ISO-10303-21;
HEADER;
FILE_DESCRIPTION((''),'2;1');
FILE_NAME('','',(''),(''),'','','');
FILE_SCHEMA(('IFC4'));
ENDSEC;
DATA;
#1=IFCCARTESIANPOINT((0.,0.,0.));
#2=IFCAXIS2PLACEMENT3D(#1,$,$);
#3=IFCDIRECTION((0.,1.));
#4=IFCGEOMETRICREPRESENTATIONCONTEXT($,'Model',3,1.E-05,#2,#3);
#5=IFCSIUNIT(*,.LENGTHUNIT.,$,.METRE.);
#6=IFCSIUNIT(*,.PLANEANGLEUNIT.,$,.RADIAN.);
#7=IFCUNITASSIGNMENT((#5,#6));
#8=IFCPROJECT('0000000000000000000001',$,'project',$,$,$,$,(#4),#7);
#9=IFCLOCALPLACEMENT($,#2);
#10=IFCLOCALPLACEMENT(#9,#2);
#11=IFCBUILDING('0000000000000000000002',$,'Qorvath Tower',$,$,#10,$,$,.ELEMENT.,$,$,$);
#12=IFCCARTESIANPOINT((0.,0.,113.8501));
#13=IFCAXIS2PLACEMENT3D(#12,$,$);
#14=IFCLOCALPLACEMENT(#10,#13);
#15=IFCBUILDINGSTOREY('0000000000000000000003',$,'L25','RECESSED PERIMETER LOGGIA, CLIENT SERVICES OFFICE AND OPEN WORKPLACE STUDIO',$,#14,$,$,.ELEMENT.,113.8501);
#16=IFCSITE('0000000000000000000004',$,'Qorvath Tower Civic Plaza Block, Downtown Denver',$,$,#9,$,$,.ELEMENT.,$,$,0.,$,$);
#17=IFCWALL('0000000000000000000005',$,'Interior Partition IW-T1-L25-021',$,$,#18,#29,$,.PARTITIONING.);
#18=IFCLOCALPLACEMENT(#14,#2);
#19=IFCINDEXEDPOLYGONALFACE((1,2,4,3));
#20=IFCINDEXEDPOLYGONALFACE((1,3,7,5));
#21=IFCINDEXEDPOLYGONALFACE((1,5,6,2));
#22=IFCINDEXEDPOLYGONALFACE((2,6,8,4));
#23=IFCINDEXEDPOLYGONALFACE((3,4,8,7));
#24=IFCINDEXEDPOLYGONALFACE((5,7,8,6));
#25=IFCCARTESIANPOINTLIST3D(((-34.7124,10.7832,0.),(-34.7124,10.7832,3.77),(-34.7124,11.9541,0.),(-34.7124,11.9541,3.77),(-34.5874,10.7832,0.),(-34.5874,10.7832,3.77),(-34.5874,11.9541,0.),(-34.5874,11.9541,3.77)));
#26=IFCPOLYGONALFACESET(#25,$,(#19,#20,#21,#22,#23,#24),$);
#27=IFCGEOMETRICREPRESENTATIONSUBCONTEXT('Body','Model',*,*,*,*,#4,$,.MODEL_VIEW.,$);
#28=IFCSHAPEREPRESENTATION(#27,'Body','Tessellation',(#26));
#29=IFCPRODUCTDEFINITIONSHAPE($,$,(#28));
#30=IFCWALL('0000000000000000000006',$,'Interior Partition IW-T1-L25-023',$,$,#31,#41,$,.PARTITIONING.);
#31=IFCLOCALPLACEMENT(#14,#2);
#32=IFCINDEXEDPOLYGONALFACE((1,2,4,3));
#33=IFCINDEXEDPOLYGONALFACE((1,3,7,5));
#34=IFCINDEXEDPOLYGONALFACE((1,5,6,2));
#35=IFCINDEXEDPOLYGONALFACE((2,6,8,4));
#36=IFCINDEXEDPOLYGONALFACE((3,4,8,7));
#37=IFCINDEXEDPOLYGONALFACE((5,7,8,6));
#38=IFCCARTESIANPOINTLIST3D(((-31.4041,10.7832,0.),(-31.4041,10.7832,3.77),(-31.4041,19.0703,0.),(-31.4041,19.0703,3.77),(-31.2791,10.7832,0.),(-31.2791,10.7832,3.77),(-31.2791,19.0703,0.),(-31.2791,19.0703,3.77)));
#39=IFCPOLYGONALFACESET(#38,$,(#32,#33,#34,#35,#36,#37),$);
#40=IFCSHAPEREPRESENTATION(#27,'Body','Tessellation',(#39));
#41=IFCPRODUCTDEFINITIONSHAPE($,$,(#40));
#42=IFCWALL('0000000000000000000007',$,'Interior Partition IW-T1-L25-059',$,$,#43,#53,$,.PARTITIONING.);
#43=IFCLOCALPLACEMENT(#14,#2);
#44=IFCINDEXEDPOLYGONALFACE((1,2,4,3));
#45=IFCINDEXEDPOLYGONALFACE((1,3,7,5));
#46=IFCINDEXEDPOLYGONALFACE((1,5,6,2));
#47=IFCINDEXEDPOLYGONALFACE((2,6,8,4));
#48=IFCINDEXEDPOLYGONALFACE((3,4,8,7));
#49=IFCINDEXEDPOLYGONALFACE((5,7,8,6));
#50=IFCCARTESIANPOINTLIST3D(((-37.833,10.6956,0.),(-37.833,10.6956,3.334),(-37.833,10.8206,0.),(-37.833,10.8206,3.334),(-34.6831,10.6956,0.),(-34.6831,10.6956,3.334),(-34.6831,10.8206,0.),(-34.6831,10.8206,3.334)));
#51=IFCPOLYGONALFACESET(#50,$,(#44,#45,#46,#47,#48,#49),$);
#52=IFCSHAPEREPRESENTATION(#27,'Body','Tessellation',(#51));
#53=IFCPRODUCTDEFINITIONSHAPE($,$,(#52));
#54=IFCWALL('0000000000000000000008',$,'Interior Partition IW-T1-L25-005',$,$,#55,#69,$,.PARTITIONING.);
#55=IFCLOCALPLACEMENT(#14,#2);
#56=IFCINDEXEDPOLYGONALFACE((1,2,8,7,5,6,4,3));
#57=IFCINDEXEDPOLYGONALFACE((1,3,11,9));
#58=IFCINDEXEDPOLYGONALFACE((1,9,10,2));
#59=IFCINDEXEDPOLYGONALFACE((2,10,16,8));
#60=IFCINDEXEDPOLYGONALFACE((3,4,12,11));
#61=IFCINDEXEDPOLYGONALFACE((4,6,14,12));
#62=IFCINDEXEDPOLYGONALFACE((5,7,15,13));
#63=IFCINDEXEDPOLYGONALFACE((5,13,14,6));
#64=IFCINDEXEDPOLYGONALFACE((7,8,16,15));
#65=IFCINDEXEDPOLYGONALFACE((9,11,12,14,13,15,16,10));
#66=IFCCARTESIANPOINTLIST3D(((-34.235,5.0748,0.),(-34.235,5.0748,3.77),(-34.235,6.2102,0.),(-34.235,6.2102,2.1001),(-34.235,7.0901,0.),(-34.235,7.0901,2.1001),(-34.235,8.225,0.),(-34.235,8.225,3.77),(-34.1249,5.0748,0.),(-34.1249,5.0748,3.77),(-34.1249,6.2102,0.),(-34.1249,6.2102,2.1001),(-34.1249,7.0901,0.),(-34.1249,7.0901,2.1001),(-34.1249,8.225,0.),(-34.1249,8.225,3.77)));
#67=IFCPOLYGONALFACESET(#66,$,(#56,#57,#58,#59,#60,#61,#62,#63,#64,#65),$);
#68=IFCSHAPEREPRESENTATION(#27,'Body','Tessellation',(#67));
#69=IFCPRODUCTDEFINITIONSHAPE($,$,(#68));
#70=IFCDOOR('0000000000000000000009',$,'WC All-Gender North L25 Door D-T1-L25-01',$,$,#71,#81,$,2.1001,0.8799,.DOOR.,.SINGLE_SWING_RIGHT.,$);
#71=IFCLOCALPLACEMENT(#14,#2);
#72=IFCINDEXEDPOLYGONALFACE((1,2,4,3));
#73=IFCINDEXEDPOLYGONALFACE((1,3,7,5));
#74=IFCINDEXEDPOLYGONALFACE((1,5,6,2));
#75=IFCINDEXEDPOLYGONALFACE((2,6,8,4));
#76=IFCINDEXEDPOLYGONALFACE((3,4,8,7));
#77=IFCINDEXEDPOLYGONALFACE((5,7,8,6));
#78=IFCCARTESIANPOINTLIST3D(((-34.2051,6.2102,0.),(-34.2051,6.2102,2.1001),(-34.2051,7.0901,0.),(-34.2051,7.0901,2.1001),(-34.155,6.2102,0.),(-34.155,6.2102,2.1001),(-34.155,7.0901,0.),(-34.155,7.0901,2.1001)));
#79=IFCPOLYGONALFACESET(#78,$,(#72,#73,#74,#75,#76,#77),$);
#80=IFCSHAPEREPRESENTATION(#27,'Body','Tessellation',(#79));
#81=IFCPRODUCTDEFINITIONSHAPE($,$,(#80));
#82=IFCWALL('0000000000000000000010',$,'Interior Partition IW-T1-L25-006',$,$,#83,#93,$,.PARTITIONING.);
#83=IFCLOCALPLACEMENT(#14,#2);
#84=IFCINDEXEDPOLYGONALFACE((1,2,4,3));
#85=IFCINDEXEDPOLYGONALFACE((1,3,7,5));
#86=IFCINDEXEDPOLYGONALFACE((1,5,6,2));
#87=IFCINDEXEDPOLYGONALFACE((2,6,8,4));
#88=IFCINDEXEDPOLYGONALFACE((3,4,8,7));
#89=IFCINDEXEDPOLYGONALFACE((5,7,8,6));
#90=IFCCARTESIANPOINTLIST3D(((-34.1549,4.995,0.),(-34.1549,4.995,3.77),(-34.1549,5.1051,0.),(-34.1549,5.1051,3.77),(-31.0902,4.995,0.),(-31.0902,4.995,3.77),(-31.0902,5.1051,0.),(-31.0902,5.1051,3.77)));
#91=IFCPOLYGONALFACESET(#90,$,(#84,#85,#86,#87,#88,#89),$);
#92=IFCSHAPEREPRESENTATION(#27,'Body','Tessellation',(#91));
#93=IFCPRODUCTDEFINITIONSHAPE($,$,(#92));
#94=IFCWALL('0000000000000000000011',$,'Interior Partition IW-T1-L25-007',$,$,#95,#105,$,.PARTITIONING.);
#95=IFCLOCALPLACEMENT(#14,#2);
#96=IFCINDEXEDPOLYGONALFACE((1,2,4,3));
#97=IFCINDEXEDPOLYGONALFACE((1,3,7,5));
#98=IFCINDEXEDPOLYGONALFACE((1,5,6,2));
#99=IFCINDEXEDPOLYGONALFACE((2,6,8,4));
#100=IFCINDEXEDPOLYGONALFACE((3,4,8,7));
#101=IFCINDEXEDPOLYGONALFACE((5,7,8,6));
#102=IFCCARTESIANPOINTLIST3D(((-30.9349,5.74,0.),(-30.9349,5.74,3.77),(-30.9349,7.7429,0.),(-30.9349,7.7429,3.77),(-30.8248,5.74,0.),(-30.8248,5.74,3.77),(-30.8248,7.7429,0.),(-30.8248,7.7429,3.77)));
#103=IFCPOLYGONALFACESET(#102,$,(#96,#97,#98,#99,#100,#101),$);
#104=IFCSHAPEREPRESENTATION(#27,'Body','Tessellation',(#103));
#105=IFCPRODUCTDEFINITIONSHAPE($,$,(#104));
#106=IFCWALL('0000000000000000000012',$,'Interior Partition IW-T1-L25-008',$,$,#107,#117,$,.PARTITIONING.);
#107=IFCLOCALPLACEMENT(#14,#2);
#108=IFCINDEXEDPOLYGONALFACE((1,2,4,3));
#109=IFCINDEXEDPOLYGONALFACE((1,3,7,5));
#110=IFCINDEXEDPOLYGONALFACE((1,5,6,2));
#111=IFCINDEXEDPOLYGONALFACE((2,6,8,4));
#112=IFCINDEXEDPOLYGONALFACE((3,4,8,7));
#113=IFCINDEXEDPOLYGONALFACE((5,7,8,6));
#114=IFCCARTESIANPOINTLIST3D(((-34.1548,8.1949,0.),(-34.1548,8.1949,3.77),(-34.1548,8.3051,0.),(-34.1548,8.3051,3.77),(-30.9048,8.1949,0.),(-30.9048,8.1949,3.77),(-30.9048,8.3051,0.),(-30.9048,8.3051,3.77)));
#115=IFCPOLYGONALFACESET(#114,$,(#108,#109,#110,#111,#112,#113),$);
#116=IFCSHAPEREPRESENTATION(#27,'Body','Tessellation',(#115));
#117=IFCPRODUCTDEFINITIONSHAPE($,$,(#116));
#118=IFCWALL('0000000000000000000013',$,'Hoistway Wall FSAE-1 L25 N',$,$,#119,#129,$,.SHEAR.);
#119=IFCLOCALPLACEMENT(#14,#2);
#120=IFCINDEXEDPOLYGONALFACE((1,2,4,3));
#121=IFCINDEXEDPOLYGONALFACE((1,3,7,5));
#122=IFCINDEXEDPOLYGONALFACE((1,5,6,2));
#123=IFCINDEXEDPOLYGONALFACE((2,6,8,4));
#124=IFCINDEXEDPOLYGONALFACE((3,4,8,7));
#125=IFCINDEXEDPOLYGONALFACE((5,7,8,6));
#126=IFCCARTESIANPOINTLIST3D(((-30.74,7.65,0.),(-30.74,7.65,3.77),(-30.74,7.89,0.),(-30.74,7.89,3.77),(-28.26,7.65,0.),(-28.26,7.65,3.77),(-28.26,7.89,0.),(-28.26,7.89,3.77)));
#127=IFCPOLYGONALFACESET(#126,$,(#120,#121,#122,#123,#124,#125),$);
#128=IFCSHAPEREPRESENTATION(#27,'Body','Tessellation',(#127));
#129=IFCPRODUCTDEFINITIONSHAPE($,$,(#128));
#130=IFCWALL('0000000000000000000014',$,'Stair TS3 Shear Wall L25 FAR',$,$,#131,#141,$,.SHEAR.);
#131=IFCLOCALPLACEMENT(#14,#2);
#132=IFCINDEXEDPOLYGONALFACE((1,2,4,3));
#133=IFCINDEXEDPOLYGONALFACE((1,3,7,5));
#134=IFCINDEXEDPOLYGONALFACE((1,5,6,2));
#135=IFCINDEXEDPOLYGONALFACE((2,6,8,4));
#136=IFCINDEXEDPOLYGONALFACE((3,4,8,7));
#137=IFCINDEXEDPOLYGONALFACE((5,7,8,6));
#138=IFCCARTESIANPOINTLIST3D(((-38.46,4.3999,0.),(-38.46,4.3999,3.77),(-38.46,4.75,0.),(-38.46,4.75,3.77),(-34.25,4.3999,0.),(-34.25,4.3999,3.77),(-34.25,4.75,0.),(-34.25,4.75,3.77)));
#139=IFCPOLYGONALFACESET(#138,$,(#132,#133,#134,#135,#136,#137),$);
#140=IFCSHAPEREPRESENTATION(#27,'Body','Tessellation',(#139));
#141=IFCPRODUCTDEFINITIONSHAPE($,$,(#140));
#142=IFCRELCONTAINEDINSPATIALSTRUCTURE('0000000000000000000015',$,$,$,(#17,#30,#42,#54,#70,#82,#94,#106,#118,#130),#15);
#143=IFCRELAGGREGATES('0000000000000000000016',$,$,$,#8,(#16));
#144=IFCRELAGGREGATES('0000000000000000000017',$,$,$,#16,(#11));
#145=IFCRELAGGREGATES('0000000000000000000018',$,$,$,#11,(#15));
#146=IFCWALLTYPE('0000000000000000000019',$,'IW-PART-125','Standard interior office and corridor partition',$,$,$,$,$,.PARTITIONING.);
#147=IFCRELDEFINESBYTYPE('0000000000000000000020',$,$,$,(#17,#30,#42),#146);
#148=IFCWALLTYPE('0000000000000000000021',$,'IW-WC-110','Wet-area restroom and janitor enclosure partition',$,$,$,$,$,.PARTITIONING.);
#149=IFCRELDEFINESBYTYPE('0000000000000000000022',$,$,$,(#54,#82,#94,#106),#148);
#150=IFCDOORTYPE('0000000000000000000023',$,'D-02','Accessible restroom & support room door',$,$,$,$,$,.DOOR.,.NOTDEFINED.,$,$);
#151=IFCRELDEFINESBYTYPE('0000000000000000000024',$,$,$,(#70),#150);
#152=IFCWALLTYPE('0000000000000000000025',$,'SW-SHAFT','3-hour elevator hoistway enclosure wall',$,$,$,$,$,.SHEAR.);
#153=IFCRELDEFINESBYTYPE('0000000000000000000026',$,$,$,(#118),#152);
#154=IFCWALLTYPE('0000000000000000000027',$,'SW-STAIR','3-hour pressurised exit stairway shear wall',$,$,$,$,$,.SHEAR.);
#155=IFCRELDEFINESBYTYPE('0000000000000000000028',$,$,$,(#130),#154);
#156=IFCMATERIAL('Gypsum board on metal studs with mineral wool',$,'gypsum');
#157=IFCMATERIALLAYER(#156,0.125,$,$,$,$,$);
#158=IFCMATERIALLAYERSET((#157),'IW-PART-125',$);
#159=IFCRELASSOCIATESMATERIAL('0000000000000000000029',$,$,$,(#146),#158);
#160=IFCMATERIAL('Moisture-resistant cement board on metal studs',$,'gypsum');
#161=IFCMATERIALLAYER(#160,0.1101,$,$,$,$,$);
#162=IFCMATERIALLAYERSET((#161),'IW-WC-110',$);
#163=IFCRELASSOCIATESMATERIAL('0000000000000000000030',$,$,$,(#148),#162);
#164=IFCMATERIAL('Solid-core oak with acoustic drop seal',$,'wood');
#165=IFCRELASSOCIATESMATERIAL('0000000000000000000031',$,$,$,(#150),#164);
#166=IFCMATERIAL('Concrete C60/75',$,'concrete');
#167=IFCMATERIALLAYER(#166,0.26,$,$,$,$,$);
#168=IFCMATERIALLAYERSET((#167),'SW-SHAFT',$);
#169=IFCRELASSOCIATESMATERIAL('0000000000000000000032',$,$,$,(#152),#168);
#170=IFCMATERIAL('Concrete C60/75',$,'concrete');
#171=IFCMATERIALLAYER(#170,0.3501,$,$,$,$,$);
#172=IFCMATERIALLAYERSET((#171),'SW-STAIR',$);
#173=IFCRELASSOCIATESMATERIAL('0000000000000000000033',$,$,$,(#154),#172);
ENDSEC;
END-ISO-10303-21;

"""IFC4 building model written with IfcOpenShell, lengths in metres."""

from ifc_helpers import new_model, si_unit, direction, frame, frame_2d, origin, place, context, subcontext, project, spatial, rectangle, extrude, material, layer, layer_set, type_object, element, fill, save


model = new_model("IFC4")

# Units and contexts
model_context = context("Model", 3, precision=1e-05, world=origin(), true_north=direction((0.0, 1.0)))
body_context = subcontext(model_context, "Body", "Model", "MODEL_VIEW")
ifc_project = project(units=[si_unit("LENGTHUNIT", "METRE"), si_unit("PLANEANGLEUNIT", "RADIAN")], contexts=[model_context])

# Site, building, storey
site_placement = place(None, origin())
site = spatial("IfcSite", under=ifc_project, at=site_placement, Name="Qorvath Tower Civic Plaza Block, Downtown Denver", CompositionType="ELEMENT", RefElevation=0.0)
building_placement = place(site_placement, origin())
building = spatial("IfcBuilding", under=site, at=building_placement, Name="Qorvath Tower", CompositionType="ELEMENT")
storey_placement = place(building_placement, frame((0.0, 0.0, 113.8501)))
storey = spatial("IfcBuildingStorey", under=building, at=storey_placement, Name="L25", Description="RECESSED PERIMETER LOGGIA, CLIENT SERVICES OFFICE AND OPEN WORKPLACE STUDIO", CompositionType="ELEMENT", Elevation=113.8501)

# Wall
ifc_material_1 = material(Name="Gypsum board on metal studs with mineral wool", Category="gypsum")
ifc_layer_1 = layer(ifc_material_1, 0.125)
ifc_layer_set_1 = layer_set([ifc_layer_1], Name="IW-PART-125")
wall_type_1 = type_object("IfcWallType", Name="IW-PART-125", Description="Standard interior office and corridor partition", PredefinedType="PARTITIONING", material=ifc_layer_set_1)
wall_1_placement = place(storey_placement, frame((-34.6499, 10.7832, 0.0), z_axis=(0.0, 0.0, 1.0), x_axis=(0.0, 1.0, 0.0)))
element("IfcWall", 1, at=wall_1_placement, inside=storey, type_object=wall_type_1, Name="Interior Partition IW-T1-L25-021", PredefinedType="PARTITIONING", context=body_context, shape_type="SweptSolid", body=[
    extrude(rectangle(XDim=1.1709, YDim=0.125, at=frame_2d((0.5854, 0.0))), origin(), (0.0, 0.0, 1.0), 3.77),
])

# Walls
wall_2_placement = place(storey_placement, frame((-31.3416, 10.7832, 0.0), z_axis=(0.0, 0.0, 1.0), x_axis=(0.0, 1.0, 0.0)))
element("IfcWall", 2, at=wall_2_placement, inside=storey, type_object=wall_type_1, Name="Interior Partition IW-T1-L25-023", PredefinedType="PARTITIONING", context=body_context, shape_type="SweptSolid", body=[
    extrude(rectangle(XDim=8.2871, YDim=0.125, at=frame_2d((4.1436, 0.0))), origin(), (0.0, 0.0, 1.0), 3.77),
])
wall_3_placement = place(storey_placement, frame((-34.6831, 10.7581, 0.0), z_axis=(0.0, 0.0, 1.0), x_axis=(-1.0, 0.0, 0.0)))
element("IfcWall", 3, at=wall_3_placement, inside=storey, type_object=wall_type_1, Name="Interior Partition IW-T1-L25-059", PredefinedType="PARTITIONING", context=body_context, shape_type="SweptSolid", body=[
    extrude(rectangle(XDim=3.1499, YDim=0.125, at=frame_2d((1.575, 0.0))), origin(), (0.0, 0.0, 1.0), 3.334),
])

# Wall, opening, door
ifc_material_2 = material(Name="Moisture-resistant cement board on metal studs", Category="gypsum")
ifc_layer_2 = layer(ifc_material_2, 0.1101)
ifc_layer_set_2 = layer_set([ifc_layer_2], Name="IW-WC-110")
wall_type_2 = type_object("IfcWallType", Name="IW-WC-110", Description="Wet-area restroom and janitor enclosure partition", PredefinedType="PARTITIONING", material=ifc_layer_set_2)
wall_4_placement = place(storey_placement, frame((-34.1799, 8.2251, 0.0), z_axis=(0.0, 0.0, 1.0), x_axis=(0.0, -1.0, 0.0)))
wall_4 = element("IfcWall", 4, at=wall_4_placement, inside=storey, type_object=wall_type_2, Name="Interior Partition IW-T1-L25-005", PredefinedType="PARTITIONING", context=body_context, shape_type="SweptSolid", body=[
    extrude(rectangle(XDim=3.1501, YDim=0.1101, at=frame_2d((1.5752, 0.0))), origin(), (0.0, 0.0, 1.0), 3.77),
])
opening_1_placement = place(wall_4_placement, frame((1.135, 0.0, 0.0)))
opening_1 = element("IfcOpeningElement", 5, at=opening_1_placement, cuts=wall_4, PredefinedType="OPENING", context=body_context, shape_type="SweptSolid", body=[
    extrude(rectangle(XDim=0.8799, YDim=2.1001, at=frame_2d((0.4399, 1.05))), frame((0.0, 0.0649, 0.0), z_axis=(0.0, -1.0, 0.0), x_axis=(1.0, 0.0, 0.0)), (0.0, 0.0, 1.0), 0.1301),
])
ifc_material_3 = material(Name="Solid-core oak with acoustic drop seal", Category="wood")
door_type_1 = type_object("IfcDoorType", Name="D-02", Description="Accessible restroom & support room door", OperationType="NOTDEFINED", PredefinedType="DOOR", material=ifc_material_3)
door_1_placement = place(opening_1_placement, origin())
door_1 = element("IfcDoor", 6, at=door_1_placement, inside=storey, type_object=door_type_1, Name="WC All-Gender North L25 Door D-T1-L25-01", OperationType="SINGLE_SWING_RIGHT", OverallHeight=2.1001, OverallWidth=0.8799, PredefinedType="DOOR", context=body_context, shape_type="SweptSolid", body=[
    extrude(rectangle(XDim=0.8799, YDim=2.1001, at=frame_2d((0.4399, 1.05))), frame((0.0, 0.0249, 0.0), z_axis=(0.0, -1.0, 0.0), x_axis=(1.0, 0.0, 0.0)), (0.0, 0.0, 1.0), 0.05),
])
fill(opening_1, door_1)

# Walls
wall_5_placement = place(storey_placement, frame((-34.1548, 5.05, 0.0), z_axis=(0.0, 0.0, 1.0), x_axis=(1.0, 0.0, 0.0)))
element("IfcWall", 7, at=wall_5_placement, inside=storey, type_object=wall_type_2, Name="Interior Partition IW-T1-L25-006", PredefinedType="PARTITIONING", context=body_context, shape_type="SweptSolid", body=[
    extrude(rectangle(XDim=3.0647, YDim=0.1101, at=frame_2d((1.5322, 0.0))), origin(), (0.0, 0.0, 1.0), 3.77),
])
wall_6_placement = place(storey_placement, frame((-30.8799, 5.74, 0.0), z_axis=(0.0, 0.0, 1.0), x_axis=(0.0, 1.0, 0.0)))
element("IfcWall", 8, at=wall_6_placement, inside=storey, type_object=wall_type_2, Name="Interior Partition IW-T1-L25-007", PredefinedType="PARTITIONING", context=body_context, shape_type="SweptSolid", body=[
    extrude(rectangle(XDim=2.0029, YDim=0.1101, at=frame_2d((1.0015, 0.0))), origin(), (0.0, 0.0, 1.0), 3.77),
])
wall_7_placement = place(storey_placement, frame((-30.9048, 8.25, 0.0), z_axis=(0.0, 0.0, 1.0), x_axis=(-1.0, 0.0, 0.0)))
element("IfcWall", 9, at=wall_7_placement, inside=storey, type_object=wall_type_2, Name="Interior Partition IW-T1-L25-008", PredefinedType="PARTITIONING", context=body_context, shape_type="SweptSolid", body=[
    extrude(rectangle(XDim=3.25, YDim=0.1101, at=frame_2d((1.625, 0.0))), origin(), (0.0, 0.0, 1.0), 3.77),
])
ifc_material_4 = material(Name="Concrete C60/75", Category="concrete")
ifc_layer_3 = layer(ifc_material_4, 0.26)
ifc_layer_set_3 = layer_set([ifc_layer_3], Name="SW-SHAFT")
wall_type_3 = type_object("IfcWallType", Name="SW-SHAFT", Description="3-hour elevator hoistway enclosure wall", PredefinedType="SHEAR", material=ifc_layer_set_3)
wall_8_placement = place(storey_placement, frame((-30.74, 7.77, 0.0), z_axis=(0.0, 0.0, 1.0), x_axis=(1.0, 0.0, 0.0)))
element("IfcWall", 10, at=wall_8_placement, inside=storey, type_object=wall_type_3, Name="Hoistway Wall FSAE-1 L25 N", PredefinedType="SHEAR", context=body_context, shape_type="SweptSolid", body=[
    extrude(rectangle(XDim=2.48, YDim=0.24, at=frame_2d((1.24, 0.0))), origin(), (0.0, 0.0, 1.0), 3.77),
])
ifc_material_5 = material(Name="Concrete C60/75", Category="concrete")
ifc_layer_4 = layer(ifc_material_5, 0.3501)
ifc_layer_set_4 = layer_set([ifc_layer_4], Name="SW-STAIR")
wall_type_4 = type_object("IfcWallType", Name="SW-STAIR", Description="3-hour pressurised exit stairway shear wall", PredefinedType="SHEAR", material=ifc_layer_set_4)
wall_9_placement = place(storey_placement, frame((-34.25, 4.575, 0.0), z_axis=(0.0, 0.0, 1.0), x_axis=(-1.0, 0.0, 0.0)))
element("IfcWall", 11, at=wall_9_placement, inside=storey, type_object=wall_type_4, Name="Stair TS3 Shear Wall L25 FAR", PredefinedType="SHEAR", context=body_context, shape_type="SweptSolid", body=[
    extrude(rectangle(XDim=4.21, YDim=0.3501, at=frame_2d((2.105, 0.0))), origin(), (0.0, 0.0, 1.0), 3.77),
])

save(model, "model.ifc")
